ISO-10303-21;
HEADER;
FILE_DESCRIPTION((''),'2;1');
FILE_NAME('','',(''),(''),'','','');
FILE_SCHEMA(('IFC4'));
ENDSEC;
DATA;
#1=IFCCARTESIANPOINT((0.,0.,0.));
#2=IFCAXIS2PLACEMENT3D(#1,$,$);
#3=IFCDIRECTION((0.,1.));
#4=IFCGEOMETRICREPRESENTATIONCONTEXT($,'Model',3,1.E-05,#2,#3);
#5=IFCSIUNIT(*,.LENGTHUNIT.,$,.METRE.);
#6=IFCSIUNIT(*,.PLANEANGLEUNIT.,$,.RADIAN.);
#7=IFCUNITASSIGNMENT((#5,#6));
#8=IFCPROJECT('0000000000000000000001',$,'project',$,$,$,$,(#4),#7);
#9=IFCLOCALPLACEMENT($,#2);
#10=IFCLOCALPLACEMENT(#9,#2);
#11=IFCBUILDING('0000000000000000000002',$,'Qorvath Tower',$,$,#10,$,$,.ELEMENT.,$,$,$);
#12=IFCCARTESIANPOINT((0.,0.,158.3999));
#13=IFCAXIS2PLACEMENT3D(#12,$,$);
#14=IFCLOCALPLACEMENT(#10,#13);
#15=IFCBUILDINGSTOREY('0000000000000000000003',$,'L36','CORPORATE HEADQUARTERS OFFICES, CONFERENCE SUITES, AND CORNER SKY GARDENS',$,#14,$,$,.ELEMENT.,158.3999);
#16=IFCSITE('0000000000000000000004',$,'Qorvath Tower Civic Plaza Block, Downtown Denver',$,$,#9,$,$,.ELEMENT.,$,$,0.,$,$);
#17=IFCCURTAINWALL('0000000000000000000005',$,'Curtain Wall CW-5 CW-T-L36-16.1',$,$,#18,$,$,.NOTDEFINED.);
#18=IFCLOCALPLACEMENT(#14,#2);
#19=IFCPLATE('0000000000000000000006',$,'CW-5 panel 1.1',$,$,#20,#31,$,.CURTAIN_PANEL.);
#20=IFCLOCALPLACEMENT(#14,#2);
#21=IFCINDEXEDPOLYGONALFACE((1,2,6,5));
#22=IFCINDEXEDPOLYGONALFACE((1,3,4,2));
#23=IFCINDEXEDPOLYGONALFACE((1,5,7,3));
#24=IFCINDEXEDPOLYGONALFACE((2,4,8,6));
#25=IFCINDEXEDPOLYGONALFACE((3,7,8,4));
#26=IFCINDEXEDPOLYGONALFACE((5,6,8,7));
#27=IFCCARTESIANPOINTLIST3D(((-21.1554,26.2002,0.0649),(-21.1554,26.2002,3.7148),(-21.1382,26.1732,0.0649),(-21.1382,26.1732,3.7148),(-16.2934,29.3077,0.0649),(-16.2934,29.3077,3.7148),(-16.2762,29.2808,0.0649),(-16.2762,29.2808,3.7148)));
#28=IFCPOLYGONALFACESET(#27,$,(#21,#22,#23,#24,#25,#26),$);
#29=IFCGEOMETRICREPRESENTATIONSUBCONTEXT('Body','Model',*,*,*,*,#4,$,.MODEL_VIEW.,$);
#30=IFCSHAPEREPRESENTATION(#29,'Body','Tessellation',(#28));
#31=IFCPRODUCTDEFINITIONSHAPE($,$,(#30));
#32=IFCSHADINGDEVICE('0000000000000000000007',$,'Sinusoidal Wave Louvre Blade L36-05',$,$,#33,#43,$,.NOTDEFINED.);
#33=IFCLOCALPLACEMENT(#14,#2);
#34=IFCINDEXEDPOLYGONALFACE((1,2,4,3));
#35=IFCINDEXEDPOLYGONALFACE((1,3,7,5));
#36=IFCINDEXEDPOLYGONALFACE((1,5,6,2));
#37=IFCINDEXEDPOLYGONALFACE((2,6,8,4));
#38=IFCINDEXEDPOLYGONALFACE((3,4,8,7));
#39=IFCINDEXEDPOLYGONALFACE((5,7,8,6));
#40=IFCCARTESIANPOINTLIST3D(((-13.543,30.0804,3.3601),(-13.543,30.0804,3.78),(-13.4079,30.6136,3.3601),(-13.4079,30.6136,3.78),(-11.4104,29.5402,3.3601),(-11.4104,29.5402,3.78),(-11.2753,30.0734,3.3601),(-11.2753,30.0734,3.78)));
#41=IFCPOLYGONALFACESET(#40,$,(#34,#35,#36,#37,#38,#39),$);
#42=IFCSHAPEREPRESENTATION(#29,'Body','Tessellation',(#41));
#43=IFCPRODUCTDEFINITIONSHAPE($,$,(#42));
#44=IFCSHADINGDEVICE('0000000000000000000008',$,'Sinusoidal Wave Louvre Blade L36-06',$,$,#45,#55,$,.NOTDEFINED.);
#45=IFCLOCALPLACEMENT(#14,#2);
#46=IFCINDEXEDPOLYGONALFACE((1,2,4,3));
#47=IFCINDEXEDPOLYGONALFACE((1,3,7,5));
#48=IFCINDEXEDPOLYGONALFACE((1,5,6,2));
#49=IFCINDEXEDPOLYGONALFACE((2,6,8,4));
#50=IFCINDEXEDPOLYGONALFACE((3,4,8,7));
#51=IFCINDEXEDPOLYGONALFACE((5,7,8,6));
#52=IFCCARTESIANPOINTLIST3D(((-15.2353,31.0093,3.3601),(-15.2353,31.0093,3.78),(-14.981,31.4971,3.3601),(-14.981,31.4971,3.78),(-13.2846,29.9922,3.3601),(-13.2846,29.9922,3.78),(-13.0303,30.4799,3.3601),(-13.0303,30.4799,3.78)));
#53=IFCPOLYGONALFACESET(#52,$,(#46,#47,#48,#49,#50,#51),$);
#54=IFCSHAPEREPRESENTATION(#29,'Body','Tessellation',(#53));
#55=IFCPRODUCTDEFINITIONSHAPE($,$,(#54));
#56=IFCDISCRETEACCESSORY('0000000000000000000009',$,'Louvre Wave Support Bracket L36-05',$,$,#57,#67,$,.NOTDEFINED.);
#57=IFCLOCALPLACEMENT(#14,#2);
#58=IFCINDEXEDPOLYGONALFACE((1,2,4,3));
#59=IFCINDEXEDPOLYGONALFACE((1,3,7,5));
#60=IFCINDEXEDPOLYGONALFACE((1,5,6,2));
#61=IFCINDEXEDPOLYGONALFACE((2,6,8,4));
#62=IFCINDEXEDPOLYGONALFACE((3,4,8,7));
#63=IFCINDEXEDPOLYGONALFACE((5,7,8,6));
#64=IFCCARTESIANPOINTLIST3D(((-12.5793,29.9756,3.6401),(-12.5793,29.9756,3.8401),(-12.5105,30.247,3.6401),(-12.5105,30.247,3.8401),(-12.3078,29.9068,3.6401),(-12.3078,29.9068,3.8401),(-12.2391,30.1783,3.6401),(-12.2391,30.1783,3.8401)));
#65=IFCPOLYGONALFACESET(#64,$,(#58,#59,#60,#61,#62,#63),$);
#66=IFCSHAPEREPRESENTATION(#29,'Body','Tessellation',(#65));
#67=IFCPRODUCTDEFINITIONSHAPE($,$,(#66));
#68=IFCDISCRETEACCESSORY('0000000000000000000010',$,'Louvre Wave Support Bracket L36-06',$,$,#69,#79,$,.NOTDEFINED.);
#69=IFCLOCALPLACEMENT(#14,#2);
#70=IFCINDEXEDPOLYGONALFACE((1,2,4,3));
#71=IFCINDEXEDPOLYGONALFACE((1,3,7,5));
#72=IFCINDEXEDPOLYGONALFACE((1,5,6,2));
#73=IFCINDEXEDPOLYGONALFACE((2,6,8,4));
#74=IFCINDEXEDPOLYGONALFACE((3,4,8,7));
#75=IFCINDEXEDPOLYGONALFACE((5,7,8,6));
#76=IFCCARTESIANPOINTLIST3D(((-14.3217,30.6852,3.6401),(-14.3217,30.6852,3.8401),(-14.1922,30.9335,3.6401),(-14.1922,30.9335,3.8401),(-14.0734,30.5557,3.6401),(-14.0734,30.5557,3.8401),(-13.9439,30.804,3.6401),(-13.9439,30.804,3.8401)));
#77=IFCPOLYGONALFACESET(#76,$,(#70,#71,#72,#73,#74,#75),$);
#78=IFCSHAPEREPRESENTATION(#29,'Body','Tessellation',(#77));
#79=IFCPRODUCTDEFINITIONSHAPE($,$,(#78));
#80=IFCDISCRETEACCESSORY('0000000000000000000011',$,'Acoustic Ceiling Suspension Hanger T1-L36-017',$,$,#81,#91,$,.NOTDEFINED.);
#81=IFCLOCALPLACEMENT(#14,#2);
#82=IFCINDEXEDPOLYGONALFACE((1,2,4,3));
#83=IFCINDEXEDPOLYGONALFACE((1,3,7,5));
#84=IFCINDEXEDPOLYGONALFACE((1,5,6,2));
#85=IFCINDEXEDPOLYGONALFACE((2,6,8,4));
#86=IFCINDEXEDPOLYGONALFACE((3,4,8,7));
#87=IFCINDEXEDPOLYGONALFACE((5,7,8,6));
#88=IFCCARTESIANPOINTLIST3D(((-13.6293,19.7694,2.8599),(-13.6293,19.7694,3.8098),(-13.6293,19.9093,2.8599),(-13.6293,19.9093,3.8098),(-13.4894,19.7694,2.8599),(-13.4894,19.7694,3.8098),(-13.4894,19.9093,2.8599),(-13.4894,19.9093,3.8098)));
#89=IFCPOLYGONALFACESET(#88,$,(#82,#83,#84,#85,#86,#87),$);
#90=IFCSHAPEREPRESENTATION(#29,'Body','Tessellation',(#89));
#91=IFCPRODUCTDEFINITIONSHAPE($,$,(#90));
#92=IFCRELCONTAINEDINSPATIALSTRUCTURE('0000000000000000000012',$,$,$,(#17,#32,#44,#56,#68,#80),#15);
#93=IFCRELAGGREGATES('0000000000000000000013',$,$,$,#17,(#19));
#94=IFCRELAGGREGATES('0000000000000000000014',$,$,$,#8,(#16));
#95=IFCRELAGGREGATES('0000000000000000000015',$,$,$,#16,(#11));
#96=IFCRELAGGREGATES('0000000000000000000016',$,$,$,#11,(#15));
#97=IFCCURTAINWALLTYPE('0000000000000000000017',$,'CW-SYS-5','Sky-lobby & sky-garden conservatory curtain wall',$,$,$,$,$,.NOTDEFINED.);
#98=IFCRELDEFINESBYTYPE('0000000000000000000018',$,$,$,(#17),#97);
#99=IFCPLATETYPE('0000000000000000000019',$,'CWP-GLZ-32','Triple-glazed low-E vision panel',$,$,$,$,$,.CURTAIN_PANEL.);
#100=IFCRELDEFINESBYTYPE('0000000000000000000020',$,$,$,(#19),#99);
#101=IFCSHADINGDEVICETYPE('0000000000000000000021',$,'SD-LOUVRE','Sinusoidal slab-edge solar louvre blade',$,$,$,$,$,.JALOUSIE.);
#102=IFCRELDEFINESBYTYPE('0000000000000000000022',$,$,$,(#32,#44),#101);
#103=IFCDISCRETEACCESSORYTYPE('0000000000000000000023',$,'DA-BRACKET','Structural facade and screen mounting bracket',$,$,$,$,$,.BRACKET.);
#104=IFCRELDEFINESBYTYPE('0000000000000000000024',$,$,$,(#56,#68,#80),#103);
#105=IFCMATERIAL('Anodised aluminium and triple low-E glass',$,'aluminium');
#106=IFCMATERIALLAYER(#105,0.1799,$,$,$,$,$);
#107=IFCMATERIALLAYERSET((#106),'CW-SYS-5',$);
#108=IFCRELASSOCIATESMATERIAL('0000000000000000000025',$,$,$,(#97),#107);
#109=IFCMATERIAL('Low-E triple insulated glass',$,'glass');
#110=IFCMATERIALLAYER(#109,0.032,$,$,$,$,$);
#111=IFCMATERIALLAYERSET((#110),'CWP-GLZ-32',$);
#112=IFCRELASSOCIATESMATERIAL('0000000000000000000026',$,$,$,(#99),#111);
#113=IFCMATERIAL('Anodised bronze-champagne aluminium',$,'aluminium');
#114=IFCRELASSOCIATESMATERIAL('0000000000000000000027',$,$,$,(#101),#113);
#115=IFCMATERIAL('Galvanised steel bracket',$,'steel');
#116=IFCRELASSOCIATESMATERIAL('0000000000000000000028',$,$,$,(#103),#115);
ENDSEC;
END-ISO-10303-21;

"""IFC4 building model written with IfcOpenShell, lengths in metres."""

from ifc_helpers import new_model, si_unit, direction, frame, origin, origin_2d, place, context, subcontext, project, spatial, rectangle, extrude, material, layer, layer_set, type_object, element, aggregate, save


model = new_model("IFC4")

# Units and contexts
model_context = context("Model", 3, precision=1e-05, world=origin(), true_north=direction((0.0, 1.0)))
body_context = subcontext(model_context, "Body", "Model", "MODEL_VIEW")
ifc_project = project(units=[si_unit("LENGTHUNIT", "METRE"), si_unit("PLANEANGLEUNIT", "RADIAN")], contexts=[model_context])

# Site, building, storey
site_placement = place(None, origin())
site = spatial("IfcSite", under=ifc_project, at=site_placement, Name="Qorvath Tower Civic Plaza Block, Downtown Denver", CompositionType="ELEMENT", RefElevation=0.0)
building_placement = place(site_placement, origin())
building = spatial("IfcBuilding", under=site, at=building_placement, Name="Qorvath Tower", CompositionType="ELEMENT")
storey_placement = place(building_placement, frame((0.0, 0.0, 158.3999)))
storey = spatial("IfcBuildingStorey", under=building, at=storey_placement, Name="L36", Description="CORPORATE HEADQUARTERS OFFICES, CONFERENCE SUITES, AND CORNER SKY GARDENS", CompositionType="ELEMENT", Elevation=158.3999)

# Shared definitions
ifc_material_1 = material(Name="Anodised aluminium and triple low-E glass", Category="aluminium")
ifc_layer_1 = layer(ifc_material_1, 0.1799)
ifc_layer_set_1 = layer_set([ifc_layer_1], Name="CW-SYS-5")
curtain_wall_type = type_object("IfcCurtainWallType", Name="CW-SYS-5", Description="Sky-lobby & sky-garden conservatory curtain wall", PredefinedType="NOTDEFINED", material=ifc_layer_set_1)

# Curtain wall
curtain_wall_1_placement = place(storey_placement, origin())
curtain_wall_1 = element("IfcCurtainWall", 1, at=curtain_wall_1_placement, inside=storey, type_object=curtain_wall_type, Name="Curtain Wall CW-5 CW-T-L36-16.1", PredefinedType="NOTDEFINED")

# Plate
ifc_material_2 = material(Name="Low-E triple insulated glass", Category="glass")
ifc_layer_2 = layer(ifc_material_2, 0.032)
ifc_layer_set_2 = layer_set([ifc_layer_2], Name="CWP-GLZ-32")
plate_type = type_object("IfcPlateType", Name="CWP-GLZ-32", Description="Triple-glazed low-E vision panel", PredefinedType="CURTAIN_PANEL", material=ifc_layer_set_2)
plate_1_placement = place(storey_placement, frame((-18.7158, 27.7405, 0.0649), z_axis=(0.0, 0.0, 1.0), x_axis=(-0.8426, -0.53854, 0.0)))
plate_1 = element("IfcPlate", 2, at=plate_1_placement, type_object=plate_type, Name="CW-5 panel 1.1", PredefinedType="CURTAIN_PANEL", context=body_context, shape_type="SweptSolid", body=[
    extrude(rectangle(XDim=5.7703, YDim=0.032, at=origin_2d()), origin(), (0.0, 0.0, 1.0), 3.6499),
])
aggregate(curtain_wall_1, [plate_1])

# Shading devices
ifc_material_3 = material(Name="Anodised bronze-champagne aluminium", Category="aluminium")
shading_device_type = type_object("IfcShadingDeviceType", Name="SD-LOUVRE", Description="Sinusoidal slab-edge solar louvre blade", PredefinedType="JALOUSIE", material=ifc_material_3)
for number, where, z_axis, x_axis, name in (
    (3, (-12.4092, 30.0769, 3.3601), (0.0, 0.0, 1.0), (-0.969384, 0.245551, 0.0), "Sinusoidal Wave Louvre Blade L36-05"),
    (4, (-14.1328, 30.7446, 3.3601), (0.0, 0.0, 1.0), (-0.8867, 0.462346, 0.0), "Sinusoidal Wave Louvre Blade L36-06"),
):
    element("IfcShadingDevice", number, at=place(storey_placement, frame(where, z_axis=z_axis, x_axis=x_axis)), inside=storey, type_object=shading_device_type, Name=name, PredefinedType="NOTDEFINED", context=body_context, shape_type="SweptSolid", body=[
        extrude(rectangle(XDim=2.2, YDim=0.55, at=origin_2d()), origin(), (0.0, 0.0, 1.0), 0.4199),
    ])

# Discrete accessories
ifc_material_4 = material(Name="Galvanised steel bracket", Category="steel")
discrete_accessory_type = type_object("IfcDiscreteAccessoryType", Name="DA-BRACKET", Description="Structural facade and screen mounting bracket", PredefinedType="BRACKET", material=ifc_material_4)
for number, where, z_axis, x_axis, name in (
    (5, (-12.4092, 30.0769, 3.6401), (0.0, 0.0, 1.0), (-0.969384, 0.245551, 0.0), "Louvre Wave Support Bracket L36-05"),
    (6, (-14.1328, 30.7446, 3.6401), (0.0, 0.0, 1.0), (-0.8867, 0.462346, 0.0), "Louvre Wave Support Bracket L36-06"),
):
    element("IfcDiscreteAccessory", number, at=place(storey_placement, frame(where, z_axis=z_axis, x_axis=x_axis)), inside=storey, type_object=discrete_accessory_type, Name=name, PredefinedType="NOTDEFINED", context=body_context, shape_type="SweptSolid", body=[
        extrude(rectangle(XDim=0.28, YDim=0.28, at=origin_2d()), origin(), (0.0, 0.0, 1.0), 0.2),
    ])
discrete_accessory_placement = place(storey_placement, frame((-13.5593, 19.8394, 2.8599), z_axis=(0.0, 0.0, 1.0), x_axis=(1.0, 0.0, 0.0)))
element("IfcDiscreteAccessory", 7, at=discrete_accessory_placement, inside=storey, type_object=discrete_accessory_type, Name="Acoustic Ceiling Suspension Hanger T1-L36-017", PredefinedType="NOTDEFINED", context=body_context, shape_type="SweptSolid", body=[
    extrude(rectangle(XDim=0.1399, YDim=0.1399, at=origin_2d()), origin(), (0.0, 0.0, 1.0), 0.95),
])

save(model, "model.ifc")
